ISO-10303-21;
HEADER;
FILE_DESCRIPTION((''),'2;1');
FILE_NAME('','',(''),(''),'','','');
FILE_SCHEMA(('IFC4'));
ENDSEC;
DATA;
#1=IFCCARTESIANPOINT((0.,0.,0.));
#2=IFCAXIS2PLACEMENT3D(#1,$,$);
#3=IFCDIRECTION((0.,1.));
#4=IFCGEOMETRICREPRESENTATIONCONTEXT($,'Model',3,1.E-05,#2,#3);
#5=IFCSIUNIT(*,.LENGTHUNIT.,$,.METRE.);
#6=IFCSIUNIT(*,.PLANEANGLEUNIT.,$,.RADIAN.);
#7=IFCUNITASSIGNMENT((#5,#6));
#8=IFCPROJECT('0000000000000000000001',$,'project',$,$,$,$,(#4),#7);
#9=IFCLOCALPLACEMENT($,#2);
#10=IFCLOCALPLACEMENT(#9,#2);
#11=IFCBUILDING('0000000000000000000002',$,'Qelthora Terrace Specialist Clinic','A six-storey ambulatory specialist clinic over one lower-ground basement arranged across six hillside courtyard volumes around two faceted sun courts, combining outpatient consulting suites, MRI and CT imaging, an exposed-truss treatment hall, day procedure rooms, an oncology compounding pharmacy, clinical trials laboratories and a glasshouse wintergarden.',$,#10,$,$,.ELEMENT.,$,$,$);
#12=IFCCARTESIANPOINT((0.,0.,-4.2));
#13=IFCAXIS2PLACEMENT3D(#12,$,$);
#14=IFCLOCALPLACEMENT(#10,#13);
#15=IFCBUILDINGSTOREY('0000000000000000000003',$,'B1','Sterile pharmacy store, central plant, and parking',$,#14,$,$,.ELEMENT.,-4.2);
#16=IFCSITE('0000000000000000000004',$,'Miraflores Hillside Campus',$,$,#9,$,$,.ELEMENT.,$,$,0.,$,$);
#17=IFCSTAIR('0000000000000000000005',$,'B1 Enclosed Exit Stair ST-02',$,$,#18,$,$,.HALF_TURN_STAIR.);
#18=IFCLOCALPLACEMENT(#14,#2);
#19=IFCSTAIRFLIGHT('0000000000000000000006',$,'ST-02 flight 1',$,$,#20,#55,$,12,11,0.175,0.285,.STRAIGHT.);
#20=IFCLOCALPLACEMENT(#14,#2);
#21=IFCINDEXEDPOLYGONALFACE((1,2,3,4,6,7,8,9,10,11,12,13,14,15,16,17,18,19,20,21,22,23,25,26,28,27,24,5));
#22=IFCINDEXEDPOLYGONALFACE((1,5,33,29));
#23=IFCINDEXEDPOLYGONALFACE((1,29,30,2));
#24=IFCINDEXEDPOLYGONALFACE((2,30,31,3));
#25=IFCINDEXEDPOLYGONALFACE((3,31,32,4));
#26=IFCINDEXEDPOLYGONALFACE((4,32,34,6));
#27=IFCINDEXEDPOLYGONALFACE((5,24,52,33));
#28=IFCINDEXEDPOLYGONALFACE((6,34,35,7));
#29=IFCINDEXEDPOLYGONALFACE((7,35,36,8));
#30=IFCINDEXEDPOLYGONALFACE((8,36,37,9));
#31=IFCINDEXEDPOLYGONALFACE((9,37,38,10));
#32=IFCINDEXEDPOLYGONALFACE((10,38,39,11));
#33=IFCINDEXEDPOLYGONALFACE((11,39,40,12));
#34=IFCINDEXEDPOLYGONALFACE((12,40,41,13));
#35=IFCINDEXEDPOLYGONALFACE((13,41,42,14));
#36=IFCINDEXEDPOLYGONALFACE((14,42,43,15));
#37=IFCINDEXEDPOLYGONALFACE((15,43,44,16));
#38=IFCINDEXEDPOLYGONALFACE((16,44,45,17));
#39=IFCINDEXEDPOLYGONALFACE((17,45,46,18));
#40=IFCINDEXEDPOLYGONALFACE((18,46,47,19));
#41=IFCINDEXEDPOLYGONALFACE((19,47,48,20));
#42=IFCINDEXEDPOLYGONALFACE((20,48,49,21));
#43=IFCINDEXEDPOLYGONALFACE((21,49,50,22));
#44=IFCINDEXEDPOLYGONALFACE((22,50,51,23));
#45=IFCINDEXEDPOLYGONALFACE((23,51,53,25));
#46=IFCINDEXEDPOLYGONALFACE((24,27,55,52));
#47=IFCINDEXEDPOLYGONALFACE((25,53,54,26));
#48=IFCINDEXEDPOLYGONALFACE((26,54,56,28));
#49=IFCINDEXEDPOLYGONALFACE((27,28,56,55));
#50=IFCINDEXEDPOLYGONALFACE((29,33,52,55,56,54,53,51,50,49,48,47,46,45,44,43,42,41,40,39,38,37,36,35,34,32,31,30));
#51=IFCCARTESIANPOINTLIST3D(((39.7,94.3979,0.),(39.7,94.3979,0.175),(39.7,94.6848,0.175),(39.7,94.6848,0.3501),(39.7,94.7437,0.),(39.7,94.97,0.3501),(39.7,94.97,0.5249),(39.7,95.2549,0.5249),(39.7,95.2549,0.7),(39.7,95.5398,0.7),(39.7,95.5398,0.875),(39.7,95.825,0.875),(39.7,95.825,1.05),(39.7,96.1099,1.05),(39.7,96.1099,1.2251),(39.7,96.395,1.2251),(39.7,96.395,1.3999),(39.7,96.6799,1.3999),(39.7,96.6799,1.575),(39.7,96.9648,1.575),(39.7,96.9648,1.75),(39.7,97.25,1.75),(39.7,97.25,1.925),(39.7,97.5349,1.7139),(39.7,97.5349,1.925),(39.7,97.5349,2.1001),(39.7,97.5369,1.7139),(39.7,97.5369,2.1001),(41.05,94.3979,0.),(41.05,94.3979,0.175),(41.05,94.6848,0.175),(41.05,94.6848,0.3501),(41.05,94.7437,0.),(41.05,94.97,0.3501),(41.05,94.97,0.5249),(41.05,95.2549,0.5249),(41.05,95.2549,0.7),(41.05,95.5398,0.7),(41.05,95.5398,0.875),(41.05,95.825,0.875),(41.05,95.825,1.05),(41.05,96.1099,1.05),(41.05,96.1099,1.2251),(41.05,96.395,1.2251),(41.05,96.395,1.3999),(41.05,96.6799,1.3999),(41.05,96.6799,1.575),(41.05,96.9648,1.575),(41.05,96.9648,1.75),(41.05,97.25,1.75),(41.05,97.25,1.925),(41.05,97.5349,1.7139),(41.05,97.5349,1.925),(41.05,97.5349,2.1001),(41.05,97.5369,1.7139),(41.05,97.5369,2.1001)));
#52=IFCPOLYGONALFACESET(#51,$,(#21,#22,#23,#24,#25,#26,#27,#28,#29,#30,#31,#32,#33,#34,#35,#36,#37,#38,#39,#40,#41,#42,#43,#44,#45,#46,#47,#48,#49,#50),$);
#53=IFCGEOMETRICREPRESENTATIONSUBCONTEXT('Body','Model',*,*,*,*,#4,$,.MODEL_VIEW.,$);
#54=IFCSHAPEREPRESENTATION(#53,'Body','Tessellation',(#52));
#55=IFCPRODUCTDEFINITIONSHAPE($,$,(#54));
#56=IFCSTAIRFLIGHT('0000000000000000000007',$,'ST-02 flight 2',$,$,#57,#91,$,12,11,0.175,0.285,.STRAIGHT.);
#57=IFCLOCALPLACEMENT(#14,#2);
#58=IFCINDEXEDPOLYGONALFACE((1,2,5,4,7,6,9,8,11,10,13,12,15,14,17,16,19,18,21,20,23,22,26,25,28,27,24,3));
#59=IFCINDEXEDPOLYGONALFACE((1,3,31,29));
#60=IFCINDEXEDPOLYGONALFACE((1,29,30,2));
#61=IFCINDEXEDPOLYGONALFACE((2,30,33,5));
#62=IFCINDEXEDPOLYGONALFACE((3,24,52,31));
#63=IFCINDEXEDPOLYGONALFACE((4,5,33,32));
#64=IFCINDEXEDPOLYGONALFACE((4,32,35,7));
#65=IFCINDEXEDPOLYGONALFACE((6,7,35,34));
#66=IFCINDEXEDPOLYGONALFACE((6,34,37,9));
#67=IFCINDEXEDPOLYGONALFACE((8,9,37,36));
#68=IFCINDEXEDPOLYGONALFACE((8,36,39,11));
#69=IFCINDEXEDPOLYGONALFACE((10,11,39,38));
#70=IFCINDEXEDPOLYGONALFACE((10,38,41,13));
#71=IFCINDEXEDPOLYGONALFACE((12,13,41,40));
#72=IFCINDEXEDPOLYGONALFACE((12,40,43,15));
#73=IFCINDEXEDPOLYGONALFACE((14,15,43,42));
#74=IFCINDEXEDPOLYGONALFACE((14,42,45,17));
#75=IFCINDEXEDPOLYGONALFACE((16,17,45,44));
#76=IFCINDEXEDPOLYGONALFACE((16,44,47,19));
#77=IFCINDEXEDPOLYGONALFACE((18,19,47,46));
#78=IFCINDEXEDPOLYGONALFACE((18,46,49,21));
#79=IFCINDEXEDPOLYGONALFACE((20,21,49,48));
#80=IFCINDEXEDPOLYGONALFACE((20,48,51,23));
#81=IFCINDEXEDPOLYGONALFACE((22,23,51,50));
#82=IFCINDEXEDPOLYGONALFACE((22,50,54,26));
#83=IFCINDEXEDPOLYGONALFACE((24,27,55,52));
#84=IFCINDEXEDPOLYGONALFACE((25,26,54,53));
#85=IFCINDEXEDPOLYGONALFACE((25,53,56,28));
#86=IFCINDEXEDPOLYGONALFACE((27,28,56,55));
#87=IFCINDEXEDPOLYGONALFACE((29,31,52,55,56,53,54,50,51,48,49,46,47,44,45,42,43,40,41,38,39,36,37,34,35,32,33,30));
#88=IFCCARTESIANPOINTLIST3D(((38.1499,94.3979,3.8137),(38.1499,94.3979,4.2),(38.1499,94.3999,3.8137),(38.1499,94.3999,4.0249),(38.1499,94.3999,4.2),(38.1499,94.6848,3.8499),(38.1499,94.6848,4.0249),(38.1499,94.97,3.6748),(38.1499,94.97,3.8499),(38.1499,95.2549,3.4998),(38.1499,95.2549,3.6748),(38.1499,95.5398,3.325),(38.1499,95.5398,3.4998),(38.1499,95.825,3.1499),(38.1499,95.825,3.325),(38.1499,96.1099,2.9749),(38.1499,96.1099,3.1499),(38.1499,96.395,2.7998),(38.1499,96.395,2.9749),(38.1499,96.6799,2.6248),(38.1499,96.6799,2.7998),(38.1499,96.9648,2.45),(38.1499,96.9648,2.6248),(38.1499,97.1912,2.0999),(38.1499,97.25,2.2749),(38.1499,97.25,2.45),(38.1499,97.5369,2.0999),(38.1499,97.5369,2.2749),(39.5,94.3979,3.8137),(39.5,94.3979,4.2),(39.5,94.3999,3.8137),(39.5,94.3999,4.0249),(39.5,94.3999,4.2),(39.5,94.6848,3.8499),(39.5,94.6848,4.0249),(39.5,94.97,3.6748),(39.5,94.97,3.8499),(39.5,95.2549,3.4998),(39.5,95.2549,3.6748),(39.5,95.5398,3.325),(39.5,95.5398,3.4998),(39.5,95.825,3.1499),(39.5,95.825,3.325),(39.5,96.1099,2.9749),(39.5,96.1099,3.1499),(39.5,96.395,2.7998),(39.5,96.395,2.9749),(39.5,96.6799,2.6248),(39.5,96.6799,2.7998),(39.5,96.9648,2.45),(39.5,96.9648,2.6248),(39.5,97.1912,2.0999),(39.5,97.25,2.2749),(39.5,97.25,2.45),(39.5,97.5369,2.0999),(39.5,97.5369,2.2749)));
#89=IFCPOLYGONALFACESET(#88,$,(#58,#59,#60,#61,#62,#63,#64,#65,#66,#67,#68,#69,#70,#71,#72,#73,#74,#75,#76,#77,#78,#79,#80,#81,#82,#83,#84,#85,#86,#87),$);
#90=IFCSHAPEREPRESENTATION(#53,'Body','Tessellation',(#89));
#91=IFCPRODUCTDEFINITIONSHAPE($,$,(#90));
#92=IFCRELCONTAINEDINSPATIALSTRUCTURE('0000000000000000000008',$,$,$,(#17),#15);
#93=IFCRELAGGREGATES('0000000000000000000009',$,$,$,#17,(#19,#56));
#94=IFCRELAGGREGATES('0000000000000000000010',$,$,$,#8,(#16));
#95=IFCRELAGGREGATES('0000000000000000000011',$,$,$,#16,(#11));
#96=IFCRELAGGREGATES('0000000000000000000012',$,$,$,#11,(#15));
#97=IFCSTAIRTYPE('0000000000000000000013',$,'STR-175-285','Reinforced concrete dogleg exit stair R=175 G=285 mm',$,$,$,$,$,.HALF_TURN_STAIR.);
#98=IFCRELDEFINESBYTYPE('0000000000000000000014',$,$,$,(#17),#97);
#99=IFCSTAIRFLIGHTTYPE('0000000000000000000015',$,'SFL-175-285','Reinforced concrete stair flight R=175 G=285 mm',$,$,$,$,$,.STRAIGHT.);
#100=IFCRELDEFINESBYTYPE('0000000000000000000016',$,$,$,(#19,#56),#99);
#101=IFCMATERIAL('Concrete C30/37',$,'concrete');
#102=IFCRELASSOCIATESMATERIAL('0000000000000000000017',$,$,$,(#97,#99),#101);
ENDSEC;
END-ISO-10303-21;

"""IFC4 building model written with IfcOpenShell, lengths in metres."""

from ifc_helpers import new_model, si_unit, direction, frame, origin, place, context, subcontext, project, spatial, polyline, outline, extrude, material, type_object, element, aggregate, save


model = new_model("IFC4")

# Units and contexts
model_context = context("Model", 3, precision=1e-05, world=origin(), true_north=direction((0.0, 1.0)))
body_context = subcontext(model_context, "Body", "Model", "MODEL_VIEW")
ifc_project = project(units=[si_unit("LENGTHUNIT", "METRE"), si_unit("PLANEANGLEUNIT", "RADIAN")], contexts=[model_context])

# Site, building, storey
site_placement = place(None, origin())
site = spatial("IfcSite", under=ifc_project, at=site_placement, Name="Miraflores Hillside Campus", CompositionType="ELEMENT", RefElevation=0.0)
building_placement = place(site_placement, origin())
building = spatial("IfcBuilding", under=site, at=building_placement, Name="Qelthora Terrace Specialist Clinic", Description="A six-storey ambulatory specialist clinic over one lower-ground basement arranged across six hillside courtyard volumes around two faceted sun courts, combining outpatient consulting suites, MRI and CT imaging, an exposed-truss treatment hall, day procedure rooms, an oncology compounding pharmacy, clinical trials laboratories and a glasshouse wintergarden.", CompositionType="ELEMENT")
storey_placement = place(building_placement, frame((0.0, 0.0, -4.2)))
storey = spatial("IfcBuildingStorey", under=building, at=storey_placement, Name="B1", Description="Sterile pharmacy store, central plant, and parking", CompositionType="ELEMENT", Elevation=-4.2)

# Stair, stair flights
ifc_material_1 = material(Name="Concrete C30/37", Category="concrete")
stair_type = type_object("IfcStairType", Name="STR-175-285", Description="Reinforced concrete dogleg exit stair R=175 G=285 mm", PredefinedType="HALF_TURN_STAIR", material=ifc_material_1)
stair_placement = place(storey_placement, origin())
stair = element("IfcStair", 1, at=stair_placement, inside=storey, type_object=stair_type, Name="B1 Enclosed Exit Stair ST-02", PredefinedType="HALF_TURN_STAIR")
stair_flight_type = type_object("IfcStairFlightType", Name="SFL-175-285", Description="Reinforced concrete stair flight R=175 G=285 mm", PredefinedType="STRAIGHT", material=ifc_material_1)
stair_flight_1_placement = place(storey_placement, frame((40.375, 94.3999, 0.0), z_axis=(0.0, 0.0, 1.0), x_axis=(0.0, 1.0, 0.0)))
stair_flight_1 = element("IfcStairFlight", 2, at=stair_flight_1_placement, type_object=stair_flight_type, Name="ST-02 flight 1", NumberOfRisers=12, NumberOfTreads=11, PredefinedType="STRAIGHT", RiserHeight=0.175, TreadLength=0.285, context=body_context, shape_type="SweptSolid", body=[
    extrude(outline(polyline([(-0.002, 0.0), (-0.002, 0.175), (0.2849, 0.175), (0.2849, 0.3501), (0.5701, 0.3501), (0.5701, 0.5249), (0.855, 0.5249), (0.855, 0.7), (1.1399, 0.7), (1.1399, 0.875), (1.425, 0.875), (1.425, 1.05), (1.71, 1.05), (1.71, 1.2251), (1.9951, 1.2251), (1.9951, 1.3999), (2.28, 1.3999), (2.28, 1.575), (2.5649, 1.575), (2.5649, 1.75), (2.8501, 1.75), (2.8501, 1.925), (3.135, 1.925), (3.135, 2.1001), (3.137, 2.1001), (3.137, 1.7139), (3.135, 1.7139), (0.3438, 0.0), (-0.002, 0.0)])), frame((0.0, 0.675, 0.0), z_axis=(0.0, -1.0, 0.0), x_axis=(1.0, 0.0, 0.0)), (0.0, 0.0, 1.0), 1.3501),
])
stair_flight_2_placement = place(storey_placement, frame((38.825, 97.5349, 2.0999), z_axis=(0.0, 0.0, 1.0), x_axis=(0.0, -1.0, 0.0)))
stair_flight_2 = element("IfcStairFlight", 3, at=stair_flight_2_placement, type_object=stair_flight_type, Name="ST-02 flight 2", NumberOfRisers=12, NumberOfTreads=11, PredefinedType="STRAIGHT", RiserHeight=0.175, TreadLength=0.285, context=body_context, shape_type="SweptSolid", body=[
    extrude(outline(polyline([(-0.002, 0.0), (-0.002, 0.175), (0.2849, 0.175), (0.2849, 0.3501), (0.5701, 0.3501), (0.5701, 0.5249), (0.855, 0.5249), (0.855, 0.7), (1.1399, 0.7), (1.1399, 0.875), (1.425, 0.875), (1.425, 1.05), (1.71, 1.05), (1.71, 1.2251), (1.9951, 1.2251), (1.9951, 1.3999), (2.28, 1.3999), (2.28, 1.575), (2.5649, 1.575), (2.5649, 1.75), (2.8501, 1.75), (2.8501, 1.925), (3.135, 1.925), (3.135, 2.1001), (3.137, 2.1001), (3.137, 1.7139), (3.135, 1.7139), (0.3438, 0.0), (-0.002, 0.0)])), frame((0.0, 0.675, 0.0), z_axis=(0.0, -1.0, 0.0), x_axis=(1.0, 0.0, 0.0)), (0.0, 0.0, 1.0), 1.3501),
])
aggregate(stair, [stair_flight_1, stair_flight_2])

save(model, "model.ifc")
